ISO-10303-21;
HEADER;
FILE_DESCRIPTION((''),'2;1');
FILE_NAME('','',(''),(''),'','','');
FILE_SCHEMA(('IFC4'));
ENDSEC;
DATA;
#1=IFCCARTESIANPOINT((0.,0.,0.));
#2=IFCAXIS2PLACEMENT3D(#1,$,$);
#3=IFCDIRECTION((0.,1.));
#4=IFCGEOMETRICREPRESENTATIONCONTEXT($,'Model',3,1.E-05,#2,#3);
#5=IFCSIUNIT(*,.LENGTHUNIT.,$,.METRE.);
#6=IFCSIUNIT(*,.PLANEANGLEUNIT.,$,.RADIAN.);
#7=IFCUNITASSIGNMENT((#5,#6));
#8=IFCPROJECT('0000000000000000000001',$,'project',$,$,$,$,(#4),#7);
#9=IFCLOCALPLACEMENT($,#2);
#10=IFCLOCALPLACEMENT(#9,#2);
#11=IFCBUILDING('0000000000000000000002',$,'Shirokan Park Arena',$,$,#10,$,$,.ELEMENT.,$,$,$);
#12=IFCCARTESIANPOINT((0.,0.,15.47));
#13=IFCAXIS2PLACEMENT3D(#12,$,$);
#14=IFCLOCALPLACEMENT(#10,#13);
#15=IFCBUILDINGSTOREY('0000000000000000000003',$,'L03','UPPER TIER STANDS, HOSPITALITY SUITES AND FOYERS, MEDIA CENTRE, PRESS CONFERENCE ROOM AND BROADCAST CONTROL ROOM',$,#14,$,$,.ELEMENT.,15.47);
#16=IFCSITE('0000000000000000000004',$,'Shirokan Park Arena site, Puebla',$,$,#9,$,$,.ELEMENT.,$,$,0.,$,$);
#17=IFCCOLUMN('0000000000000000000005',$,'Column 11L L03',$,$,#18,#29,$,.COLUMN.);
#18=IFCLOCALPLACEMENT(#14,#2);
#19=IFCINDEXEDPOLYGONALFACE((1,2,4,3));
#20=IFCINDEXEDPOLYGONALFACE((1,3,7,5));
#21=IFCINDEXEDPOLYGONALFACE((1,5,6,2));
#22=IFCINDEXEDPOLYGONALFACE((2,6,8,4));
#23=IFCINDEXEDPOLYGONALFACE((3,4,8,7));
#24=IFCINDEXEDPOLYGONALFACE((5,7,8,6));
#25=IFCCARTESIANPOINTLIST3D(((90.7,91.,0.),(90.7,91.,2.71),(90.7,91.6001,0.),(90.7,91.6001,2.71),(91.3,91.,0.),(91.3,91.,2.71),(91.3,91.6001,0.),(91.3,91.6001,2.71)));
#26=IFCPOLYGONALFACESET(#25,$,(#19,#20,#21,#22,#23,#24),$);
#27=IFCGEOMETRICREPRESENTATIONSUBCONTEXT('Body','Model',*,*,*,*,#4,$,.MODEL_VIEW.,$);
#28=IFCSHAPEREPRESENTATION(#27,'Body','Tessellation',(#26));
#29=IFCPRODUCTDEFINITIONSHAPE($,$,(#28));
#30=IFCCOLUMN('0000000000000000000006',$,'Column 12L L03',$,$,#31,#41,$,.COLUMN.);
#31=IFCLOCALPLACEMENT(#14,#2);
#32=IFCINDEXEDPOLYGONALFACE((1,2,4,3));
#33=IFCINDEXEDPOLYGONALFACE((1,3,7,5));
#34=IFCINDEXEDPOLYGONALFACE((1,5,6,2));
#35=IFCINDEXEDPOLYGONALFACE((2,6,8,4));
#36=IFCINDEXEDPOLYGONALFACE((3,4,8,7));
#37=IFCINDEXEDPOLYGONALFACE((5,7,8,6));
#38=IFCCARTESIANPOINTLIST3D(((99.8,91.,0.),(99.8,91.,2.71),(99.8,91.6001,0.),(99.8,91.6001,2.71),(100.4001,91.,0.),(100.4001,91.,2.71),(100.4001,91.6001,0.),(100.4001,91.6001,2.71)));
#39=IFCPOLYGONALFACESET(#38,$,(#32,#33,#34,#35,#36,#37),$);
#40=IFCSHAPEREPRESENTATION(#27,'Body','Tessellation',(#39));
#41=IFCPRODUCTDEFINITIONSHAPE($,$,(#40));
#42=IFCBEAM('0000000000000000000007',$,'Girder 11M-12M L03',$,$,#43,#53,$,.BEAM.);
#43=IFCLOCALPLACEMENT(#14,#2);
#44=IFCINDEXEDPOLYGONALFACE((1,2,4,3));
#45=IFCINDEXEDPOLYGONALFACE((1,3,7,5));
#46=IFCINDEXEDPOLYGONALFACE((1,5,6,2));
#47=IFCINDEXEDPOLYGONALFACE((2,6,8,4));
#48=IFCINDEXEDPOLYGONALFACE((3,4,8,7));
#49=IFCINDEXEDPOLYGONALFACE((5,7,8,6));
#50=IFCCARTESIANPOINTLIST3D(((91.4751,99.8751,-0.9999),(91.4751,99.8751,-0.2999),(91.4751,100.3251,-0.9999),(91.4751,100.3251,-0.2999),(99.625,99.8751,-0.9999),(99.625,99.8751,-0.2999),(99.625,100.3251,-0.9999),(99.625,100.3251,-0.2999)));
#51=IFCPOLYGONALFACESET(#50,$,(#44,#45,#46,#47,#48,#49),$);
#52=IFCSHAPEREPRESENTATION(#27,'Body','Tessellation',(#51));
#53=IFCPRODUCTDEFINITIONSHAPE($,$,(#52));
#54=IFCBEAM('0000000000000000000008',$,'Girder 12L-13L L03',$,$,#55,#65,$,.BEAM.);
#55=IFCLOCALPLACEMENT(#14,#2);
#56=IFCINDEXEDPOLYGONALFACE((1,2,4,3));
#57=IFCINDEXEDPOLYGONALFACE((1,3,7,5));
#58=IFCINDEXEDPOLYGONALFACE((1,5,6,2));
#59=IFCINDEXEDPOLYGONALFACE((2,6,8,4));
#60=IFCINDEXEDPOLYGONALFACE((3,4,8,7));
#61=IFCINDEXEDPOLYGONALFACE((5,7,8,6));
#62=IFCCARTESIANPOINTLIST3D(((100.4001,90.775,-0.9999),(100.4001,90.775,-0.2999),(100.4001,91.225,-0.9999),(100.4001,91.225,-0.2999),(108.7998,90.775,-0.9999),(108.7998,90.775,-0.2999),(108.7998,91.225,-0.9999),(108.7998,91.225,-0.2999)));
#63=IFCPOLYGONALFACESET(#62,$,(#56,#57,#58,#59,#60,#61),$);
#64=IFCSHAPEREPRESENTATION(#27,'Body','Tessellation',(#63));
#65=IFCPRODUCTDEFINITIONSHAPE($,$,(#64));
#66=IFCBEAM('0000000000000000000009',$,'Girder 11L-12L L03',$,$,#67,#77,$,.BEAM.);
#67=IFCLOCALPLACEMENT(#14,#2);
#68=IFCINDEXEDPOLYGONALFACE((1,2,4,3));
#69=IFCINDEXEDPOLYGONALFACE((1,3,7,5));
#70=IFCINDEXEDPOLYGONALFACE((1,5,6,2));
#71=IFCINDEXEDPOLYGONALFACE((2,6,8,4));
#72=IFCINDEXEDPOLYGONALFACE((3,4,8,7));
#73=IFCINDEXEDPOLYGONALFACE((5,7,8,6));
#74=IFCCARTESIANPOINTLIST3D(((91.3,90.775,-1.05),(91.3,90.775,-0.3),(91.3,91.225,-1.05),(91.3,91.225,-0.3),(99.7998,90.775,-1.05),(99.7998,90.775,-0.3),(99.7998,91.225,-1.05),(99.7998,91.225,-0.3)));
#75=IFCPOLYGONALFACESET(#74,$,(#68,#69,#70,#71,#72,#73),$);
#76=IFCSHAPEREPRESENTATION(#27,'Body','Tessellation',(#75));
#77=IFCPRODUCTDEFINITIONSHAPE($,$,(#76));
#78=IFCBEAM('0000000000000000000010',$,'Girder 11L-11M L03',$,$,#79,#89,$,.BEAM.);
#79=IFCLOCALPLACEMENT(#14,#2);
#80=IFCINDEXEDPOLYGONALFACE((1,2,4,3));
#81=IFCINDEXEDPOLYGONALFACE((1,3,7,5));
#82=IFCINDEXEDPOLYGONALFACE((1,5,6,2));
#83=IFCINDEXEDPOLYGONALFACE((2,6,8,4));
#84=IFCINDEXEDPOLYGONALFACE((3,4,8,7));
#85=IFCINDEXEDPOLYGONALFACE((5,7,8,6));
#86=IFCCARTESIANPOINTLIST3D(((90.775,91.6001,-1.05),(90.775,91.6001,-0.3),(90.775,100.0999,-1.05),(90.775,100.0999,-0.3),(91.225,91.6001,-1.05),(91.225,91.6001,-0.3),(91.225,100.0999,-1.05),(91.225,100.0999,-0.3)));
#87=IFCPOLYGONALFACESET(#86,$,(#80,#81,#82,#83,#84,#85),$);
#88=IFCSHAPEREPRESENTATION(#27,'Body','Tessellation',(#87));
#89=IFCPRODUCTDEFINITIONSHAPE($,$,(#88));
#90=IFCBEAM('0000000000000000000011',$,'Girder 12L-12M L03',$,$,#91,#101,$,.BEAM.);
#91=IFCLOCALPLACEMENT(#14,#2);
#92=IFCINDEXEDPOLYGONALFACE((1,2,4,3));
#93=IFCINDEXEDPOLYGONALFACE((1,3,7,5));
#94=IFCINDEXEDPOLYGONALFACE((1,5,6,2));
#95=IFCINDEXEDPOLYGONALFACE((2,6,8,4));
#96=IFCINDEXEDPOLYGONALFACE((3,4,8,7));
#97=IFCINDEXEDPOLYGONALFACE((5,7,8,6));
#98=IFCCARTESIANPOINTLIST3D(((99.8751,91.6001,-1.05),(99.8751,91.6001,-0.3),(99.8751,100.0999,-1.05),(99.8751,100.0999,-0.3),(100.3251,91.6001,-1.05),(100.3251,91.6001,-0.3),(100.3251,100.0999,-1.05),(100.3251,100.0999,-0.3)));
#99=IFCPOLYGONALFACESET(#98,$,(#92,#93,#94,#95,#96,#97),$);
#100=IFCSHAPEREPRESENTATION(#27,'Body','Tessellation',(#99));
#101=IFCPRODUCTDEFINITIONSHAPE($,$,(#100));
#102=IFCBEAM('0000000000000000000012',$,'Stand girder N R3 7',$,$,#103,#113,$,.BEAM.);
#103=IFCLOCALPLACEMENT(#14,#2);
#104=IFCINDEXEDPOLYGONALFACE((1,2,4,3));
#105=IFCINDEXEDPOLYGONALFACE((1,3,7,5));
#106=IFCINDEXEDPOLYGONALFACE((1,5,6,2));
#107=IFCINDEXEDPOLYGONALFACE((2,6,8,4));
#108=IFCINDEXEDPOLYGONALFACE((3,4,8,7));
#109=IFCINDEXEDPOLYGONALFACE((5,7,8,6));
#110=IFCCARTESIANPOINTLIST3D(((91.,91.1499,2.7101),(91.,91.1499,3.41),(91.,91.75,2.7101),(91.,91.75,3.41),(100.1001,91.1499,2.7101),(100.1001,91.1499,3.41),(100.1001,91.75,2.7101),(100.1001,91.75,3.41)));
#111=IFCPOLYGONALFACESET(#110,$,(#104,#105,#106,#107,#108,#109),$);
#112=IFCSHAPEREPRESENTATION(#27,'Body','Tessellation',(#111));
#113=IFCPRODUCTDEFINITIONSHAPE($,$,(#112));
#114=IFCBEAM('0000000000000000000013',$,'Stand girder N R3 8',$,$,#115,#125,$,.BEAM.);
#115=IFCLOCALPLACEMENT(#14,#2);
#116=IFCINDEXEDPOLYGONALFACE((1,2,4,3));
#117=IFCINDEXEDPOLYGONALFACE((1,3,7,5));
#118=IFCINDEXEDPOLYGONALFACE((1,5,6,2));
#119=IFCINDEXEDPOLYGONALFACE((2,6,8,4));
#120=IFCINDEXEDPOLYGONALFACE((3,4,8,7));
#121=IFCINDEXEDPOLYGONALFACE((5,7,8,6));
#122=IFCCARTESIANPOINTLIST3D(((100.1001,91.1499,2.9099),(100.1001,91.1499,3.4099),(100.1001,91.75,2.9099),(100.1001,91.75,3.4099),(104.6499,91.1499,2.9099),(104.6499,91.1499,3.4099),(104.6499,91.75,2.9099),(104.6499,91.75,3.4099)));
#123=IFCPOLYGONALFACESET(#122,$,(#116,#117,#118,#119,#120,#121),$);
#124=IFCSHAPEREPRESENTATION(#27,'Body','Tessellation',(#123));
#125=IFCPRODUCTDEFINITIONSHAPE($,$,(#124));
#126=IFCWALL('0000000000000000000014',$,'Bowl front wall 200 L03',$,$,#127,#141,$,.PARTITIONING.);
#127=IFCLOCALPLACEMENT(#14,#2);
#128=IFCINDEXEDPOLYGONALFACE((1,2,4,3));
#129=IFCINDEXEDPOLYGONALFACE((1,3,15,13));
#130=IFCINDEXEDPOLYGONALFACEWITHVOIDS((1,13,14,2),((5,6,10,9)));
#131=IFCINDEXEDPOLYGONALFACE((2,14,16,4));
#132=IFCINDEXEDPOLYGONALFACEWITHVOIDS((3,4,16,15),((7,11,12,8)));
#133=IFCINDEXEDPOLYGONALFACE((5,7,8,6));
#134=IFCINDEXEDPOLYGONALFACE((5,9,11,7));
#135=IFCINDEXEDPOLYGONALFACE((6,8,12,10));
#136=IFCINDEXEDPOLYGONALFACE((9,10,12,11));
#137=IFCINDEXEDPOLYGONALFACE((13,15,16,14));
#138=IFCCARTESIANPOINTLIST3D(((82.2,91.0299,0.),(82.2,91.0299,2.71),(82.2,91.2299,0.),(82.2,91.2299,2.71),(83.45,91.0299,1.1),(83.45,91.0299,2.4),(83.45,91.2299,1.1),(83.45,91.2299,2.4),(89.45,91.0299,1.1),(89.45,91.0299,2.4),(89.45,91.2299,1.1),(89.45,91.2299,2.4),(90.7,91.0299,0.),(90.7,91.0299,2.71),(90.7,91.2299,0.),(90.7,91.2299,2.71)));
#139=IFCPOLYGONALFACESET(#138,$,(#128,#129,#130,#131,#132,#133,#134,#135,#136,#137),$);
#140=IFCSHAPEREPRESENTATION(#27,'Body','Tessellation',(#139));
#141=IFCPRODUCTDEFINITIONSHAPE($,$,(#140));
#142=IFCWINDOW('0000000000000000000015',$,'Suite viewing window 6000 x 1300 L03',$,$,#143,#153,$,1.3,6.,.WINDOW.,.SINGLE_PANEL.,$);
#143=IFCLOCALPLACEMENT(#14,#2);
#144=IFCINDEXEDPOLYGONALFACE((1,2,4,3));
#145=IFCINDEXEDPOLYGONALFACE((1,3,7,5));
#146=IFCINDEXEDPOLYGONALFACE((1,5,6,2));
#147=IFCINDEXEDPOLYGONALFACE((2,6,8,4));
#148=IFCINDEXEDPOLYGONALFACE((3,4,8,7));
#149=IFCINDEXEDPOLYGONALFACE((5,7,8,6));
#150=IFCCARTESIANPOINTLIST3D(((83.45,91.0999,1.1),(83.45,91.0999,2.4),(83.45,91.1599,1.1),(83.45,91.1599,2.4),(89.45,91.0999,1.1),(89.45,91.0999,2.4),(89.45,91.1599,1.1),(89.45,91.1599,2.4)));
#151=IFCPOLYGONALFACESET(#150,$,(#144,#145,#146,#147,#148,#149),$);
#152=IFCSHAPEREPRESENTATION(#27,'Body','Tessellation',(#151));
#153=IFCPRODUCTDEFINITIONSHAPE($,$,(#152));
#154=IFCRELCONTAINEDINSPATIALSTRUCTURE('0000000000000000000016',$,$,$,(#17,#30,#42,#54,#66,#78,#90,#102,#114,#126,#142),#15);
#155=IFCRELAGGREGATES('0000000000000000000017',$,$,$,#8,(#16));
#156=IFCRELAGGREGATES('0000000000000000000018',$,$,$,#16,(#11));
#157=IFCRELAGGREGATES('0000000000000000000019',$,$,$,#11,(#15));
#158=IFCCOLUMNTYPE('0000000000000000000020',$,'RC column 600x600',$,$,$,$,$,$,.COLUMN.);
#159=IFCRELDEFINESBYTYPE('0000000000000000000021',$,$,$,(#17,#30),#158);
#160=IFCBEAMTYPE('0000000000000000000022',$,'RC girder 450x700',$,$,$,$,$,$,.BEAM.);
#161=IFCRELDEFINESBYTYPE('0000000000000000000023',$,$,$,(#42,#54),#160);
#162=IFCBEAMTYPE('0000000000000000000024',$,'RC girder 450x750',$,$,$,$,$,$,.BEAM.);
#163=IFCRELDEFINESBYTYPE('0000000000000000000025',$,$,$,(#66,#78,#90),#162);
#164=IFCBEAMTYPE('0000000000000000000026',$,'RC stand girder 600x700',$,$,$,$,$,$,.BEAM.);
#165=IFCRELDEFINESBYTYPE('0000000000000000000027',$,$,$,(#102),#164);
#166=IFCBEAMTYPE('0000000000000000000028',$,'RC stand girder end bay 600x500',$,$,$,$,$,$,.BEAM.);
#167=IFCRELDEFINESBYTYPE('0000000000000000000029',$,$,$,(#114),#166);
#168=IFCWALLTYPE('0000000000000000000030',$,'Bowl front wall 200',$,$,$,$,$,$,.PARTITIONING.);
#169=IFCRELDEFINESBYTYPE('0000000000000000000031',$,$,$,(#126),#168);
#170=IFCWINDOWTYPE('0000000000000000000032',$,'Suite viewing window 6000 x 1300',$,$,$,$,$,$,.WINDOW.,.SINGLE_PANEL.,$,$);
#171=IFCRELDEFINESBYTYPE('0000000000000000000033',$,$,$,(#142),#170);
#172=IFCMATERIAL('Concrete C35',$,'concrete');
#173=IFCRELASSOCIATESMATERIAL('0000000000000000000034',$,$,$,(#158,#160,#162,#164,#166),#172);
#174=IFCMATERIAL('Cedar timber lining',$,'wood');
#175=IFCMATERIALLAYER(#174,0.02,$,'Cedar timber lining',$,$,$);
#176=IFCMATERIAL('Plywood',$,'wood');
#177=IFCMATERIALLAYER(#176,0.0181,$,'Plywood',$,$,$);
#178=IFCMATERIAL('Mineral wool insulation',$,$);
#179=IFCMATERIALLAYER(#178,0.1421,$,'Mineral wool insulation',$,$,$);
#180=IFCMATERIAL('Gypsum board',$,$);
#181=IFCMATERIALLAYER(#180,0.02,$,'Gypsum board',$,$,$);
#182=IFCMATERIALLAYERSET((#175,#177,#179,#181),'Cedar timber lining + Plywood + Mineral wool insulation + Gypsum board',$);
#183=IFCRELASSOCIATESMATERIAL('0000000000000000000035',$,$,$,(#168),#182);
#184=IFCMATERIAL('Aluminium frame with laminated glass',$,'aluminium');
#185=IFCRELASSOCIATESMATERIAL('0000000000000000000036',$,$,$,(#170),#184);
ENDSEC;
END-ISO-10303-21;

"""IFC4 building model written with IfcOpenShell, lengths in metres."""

from ifc_helpers import new_model, si_unit, direction, frame, frame_2d, origin, origin_2d, place, context, subcontext, project, spatial, rectangle, extrude, material, layer, layer_set, material_profile, profile_set, type_object, element, fill, save


model = new_model("IFC4")

# Units and contexts
model_context = context("Model", 3, precision=1e-05, world=origin(), true_north=direction((0.0, 1.0)))
body_context = subcontext(model_context, "Body", "Model", "MODEL_VIEW")
ifc_project = project(units=[si_unit("LENGTHUNIT", "METRE"), si_unit("PLANEANGLEUNIT", "RADIAN")], contexts=[model_context])

# Site, building, storey
site_placement = place(None, origin())
site = spatial("IfcSite", under=ifc_project, at=site_placement, Name="Shirokan Park Arena site, Puebla", CompositionType="ELEMENT", RefElevation=0.0)
building_placement = place(site_placement, origin())
building = spatial("IfcBuilding", under=site, at=building_placement, Name="Shirokan Park Arena", CompositionType="ELEMENT")
storey_placement = place(building_placement, frame((0.0, 0.0, 15.47)))
storey = spatial("IfcBuildingStorey", under=building, at=storey_placement, Name="L03", Description="UPPER TIER STANDS, HOSPITALITY SUITES AND FOYERS, MEDIA CENTRE, PRESS CONFERENCE ROOM AND BROADCAST CONTROL ROOM", CompositionType="ELEMENT", Elevation=15.47)

# Columns
ifc_material_1 = material(Name="Concrete C35", Category="concrete")
ifc_material_profile_1 = material_profile(ifc_material_1, rectangle(XDim=0.6001, YDim=0.6001, at=origin_2d()), Name="600x600")
ifc_profile_set_1 = profile_set([ifc_material_profile_1], Name="Concrete C35")
column_type = type_object("IfcColumnType", Name="RC column 600x600", PredefinedType="COLUMN", material=ifc_profile_set_1)
for number, where, z_axis, x_axis, name in (
    (1, (91.0, 91.3, 0.0), (0.0, 0.0, 1.0), (1.0, 0.0, 0.0), "Column 11L L03"),
    (2, (100.1001, 91.3, 0.0), (0.0, 0.0, 1.0), (1.0, 0.0, 0.0), "Column 12L L03"),
):
    element("IfcColumn", number, at=place(storey_placement, frame(where, z_axis=z_axis, x_axis=x_axis)), inside=storey, type_object=column_type, Name=name, PredefinedType="COLUMN", context=body_context, shape_type="SweptSolid", body=[
        extrude(rectangle(XDim=0.6001, YDim=0.6001, at=origin_2d()), origin(), (0.0, 0.0, 1.0), 2.71),
    ])

# Beams
ifc_material_profile_2 = material_profile(ifc_material_1, rectangle(XDim=0.45, YDim=0.7, at=origin_2d()), Name="450x700")
ifc_profile_set_2 = profile_set([ifc_material_profile_2], Name="Concrete C35")
beam_type_1 = type_object("IfcBeamType", Name="RC girder 450x700", PredefinedType="BEAM", material=ifc_profile_set_2)
beam_1_placement = place(storey_placement, frame((91.4751, 100.1001, -0.6499), z_axis=(1.0, 0.0, 0.0), x_axis=(0.0, 1.0, 0.0)))
element("IfcBeam", 3, at=beam_1_placement, inside=storey, type_object=beam_type_1, Name="Girder 11M-12M L03", PredefinedType="BEAM", context=body_context, shape_type="SweptSolid", body=[
    extrude(rectangle(XDim=0.45, YDim=0.7, at=origin_2d()), origin(), (0.0, 0.0, 1.0), 8.1499),
])
beam_2_placement = place(storey_placement, frame((100.4001, 91.0, -0.6499), z_axis=(1.0, 0.0, 0.0), x_axis=(0.0, 1.0, 0.0)))
element("IfcBeam", 4, at=beam_2_placement, inside=storey, type_object=beam_type_1, Name="Girder 12L-13L L03", PredefinedType="BEAM", context=body_context, shape_type="SweptSolid", body=[
    extrude(rectangle(XDim=0.45, YDim=0.7, at=origin_2d()), origin(), (0.0, 0.0, 1.0), 8.3997),
])
ifc_material_profile_3 = material_profile(ifc_material_1, rectangle(XDim=0.45, YDim=0.75, at=origin_2d()), Name="450x750")
ifc_profile_set_3 = profile_set([ifc_material_profile_3], Name="Concrete C35")
beam_type_2 = type_object("IfcBeamType", Name="RC girder 450x750", PredefinedType="BEAM", material=ifc_profile_set_3)
for number, where, z_axis, x_axis, name in (
    (5, (91.3, 91.0, -0.675), (1.0, 0.0, 0.0), (0.0, 1.0, 0.0), "Girder 11L-12L L03"),
    (6, (91.0, 91.6001, -0.675), (0.0, 1.0, 0.0), (-1.0, 0.0, 0.0), "Girder 11L-11M L03"),
    (7, (100.1001, 91.6001, -0.675), (0.0, 1.0, 0.0), (-1.0, 0.0, 0.0), "Girder 12L-12M L03"),
):
    element("IfcBeam", number, at=place(storey_placement, frame(where, z_axis=z_axis, x_axis=x_axis)), inside=storey, type_object=beam_type_2, Name=name, PredefinedType="BEAM", context=body_context, shape_type="SweptSolid", body=[
        extrude(rectangle(XDim=0.45, YDim=0.75, at=origin_2d()), origin(), (0.0, 0.0, 1.0), 8.4998),
    ])
ifc_material_profile_4 = material_profile(ifc_material_1, rectangle(XDim=0.6001, YDim=0.7, at=origin_2d()), Name="600x700")
ifc_profile_set_4 = profile_set([ifc_material_profile_4], Name="Concrete C35")
beam_type_3 = type_object("IfcBeamType", Name="RC stand girder 600x700", PredefinedType="BEAM", material=ifc_profile_set_4)
beam_3_placement = place(storey_placement, frame((91.0, 91.45, 3.0601), z_axis=(1.0, 0.0, 0.0), x_axis=(0.0, 1.0, 0.0)))
element("IfcBeam", 8, at=beam_3_placement, inside=storey, type_object=beam_type_3, Name="Stand girder N R3 7", PredefinedType="BEAM", context=body_context, shape_type="SweptSolid", body=[
    extrude(rectangle(XDim=0.6001, YDim=0.7, at=origin_2d()), origin(), (0.0, 0.0, 1.0), 9.1001),
])
ifc_material_profile_5 = material_profile(ifc_material_1, rectangle(XDim=0.6001, YDim=0.5, at=origin_2d()), Name="600x500")
ifc_profile_set_5 = profile_set([ifc_material_profile_5], Name="Concrete C35")
beam_type_4 = type_object("IfcBeamType", Name="RC stand girder end bay 600x500", PredefinedType="BEAM", material=ifc_profile_set_5)
beam_4_placement = place(storey_placement, frame((100.1001, 91.45, 3.1599), z_axis=(1.0, 0.0, 0.0), x_axis=(0.0, 1.0, 0.0)))
element("IfcBeam", 9, at=beam_4_placement, inside=storey, type_object=beam_type_4, Name="Stand girder N R3 8", PredefinedType="BEAM", context=body_context, shape_type="SweptSolid", body=[
    extrude(rectangle(XDim=0.6001, YDim=0.5, at=origin_2d()), origin(), (0.0, 0.0, 1.0), 4.5498),
])

# Wall, opening, window
ifc_material_2 = material(Name="Cedar timber lining", Category="wood")
ifc_layer_1 = layer(ifc_material_2, 0.02, Name="Cedar timber lining")
ifc_material_3 = material(Name="Plywood", Category="wood")
ifc_layer_2 = layer(ifc_material_3, 0.0181, Name="Plywood")
ifc_material_4 = material(Name="Mineral wool insulation")
ifc_layer_3 = layer(ifc_material_4, 0.1421, Name="Mineral wool insulation")
ifc_material_5 = material(Name="Gypsum board")
ifc_layer_4 = layer(ifc_material_5, 0.02, Name="Gypsum board")
ifc_layer_set_1 = layer_set([ifc_layer_1, ifc_layer_2, ifc_layer_3, ifc_layer_4], Name="Cedar timber lining + Plywood + Mineral wool insulation + Gypsum board")
wall_type_1 = type_object("IfcWallType", Name="Bowl front wall 200", PredefinedType="PARTITIONING", material=ifc_layer_set_1)
wall_1_placement = place(storey_placement, frame((90.7, 91.1299, 0.0), z_axis=(0.0, 0.0, 1.0), x_axis=(-1.0, 0.0, 0.0)))
wall_1 = element("IfcWall", 10, at=wall_1_placement, inside=storey, type_object=wall_type_1, Name="Bowl front wall 200 L03", PredefinedType="PARTITIONING", context=body_context, shape_type="SweptSolid", body=[
    extrude(rectangle(XDim=8.5, YDim=0.2, at=frame_2d((4.25, 0.0))), origin(), (0.0, 0.0, 1.0), 2.71),
])
opening_1_placement = place(wall_1_placement, frame((1.25, 0.0, 1.1001)))
opening_1 = element("IfcOpeningElement", 11, at=opening_1_placement, cuts=wall_1, PredefinedType="OPENING", context=body_context, shape_type="SweptSolid", body=[
    extrude(rectangle(XDim=6.0, YDim=1.3, at=frame_2d((3.0, 0.6499))), frame((0.0, 0.1099, 0.0), z_axis=(0.0, -1.0, 0.0), x_axis=(1.0, 0.0, 0.0)), (0.0, 0.0, 1.0), 0.22),
])
ifc_material_6 = material(Name="Aluminium frame with laminated glass", Category="aluminium")
window_type_1 = type_object("IfcWindowType", Name="Suite viewing window 6000 x 1300", PartitioningType="SINGLE_PANEL", PredefinedType="WINDOW", material=ifc_material_6)
window_1_placement = place(opening_1_placement, origin())
window_1 = element("IfcWindow", 12, at=window_1_placement, inside=storey, type_object=window_type_1, Name="Suite viewing window 6000 x 1300 L03", OverallHeight=1.3, OverallWidth=6.0, PartitioningType="SINGLE_PANEL", PredefinedType="WINDOW", context=body_context, shape_type="SweptSolid", body=[
    extrude(rectangle(XDim=6.0, YDim=1.3, at=frame_2d((3.0, 0.6499))), frame((0.0, 0.03, 0.0), z_axis=(0.0, -1.0, 0.0), x_axis=(1.0, 0.0, 0.0)), (0.0, 0.0, 1.0), 0.0601),
])
fill(opening_1, window_1)

save(model, "model.ifc")
